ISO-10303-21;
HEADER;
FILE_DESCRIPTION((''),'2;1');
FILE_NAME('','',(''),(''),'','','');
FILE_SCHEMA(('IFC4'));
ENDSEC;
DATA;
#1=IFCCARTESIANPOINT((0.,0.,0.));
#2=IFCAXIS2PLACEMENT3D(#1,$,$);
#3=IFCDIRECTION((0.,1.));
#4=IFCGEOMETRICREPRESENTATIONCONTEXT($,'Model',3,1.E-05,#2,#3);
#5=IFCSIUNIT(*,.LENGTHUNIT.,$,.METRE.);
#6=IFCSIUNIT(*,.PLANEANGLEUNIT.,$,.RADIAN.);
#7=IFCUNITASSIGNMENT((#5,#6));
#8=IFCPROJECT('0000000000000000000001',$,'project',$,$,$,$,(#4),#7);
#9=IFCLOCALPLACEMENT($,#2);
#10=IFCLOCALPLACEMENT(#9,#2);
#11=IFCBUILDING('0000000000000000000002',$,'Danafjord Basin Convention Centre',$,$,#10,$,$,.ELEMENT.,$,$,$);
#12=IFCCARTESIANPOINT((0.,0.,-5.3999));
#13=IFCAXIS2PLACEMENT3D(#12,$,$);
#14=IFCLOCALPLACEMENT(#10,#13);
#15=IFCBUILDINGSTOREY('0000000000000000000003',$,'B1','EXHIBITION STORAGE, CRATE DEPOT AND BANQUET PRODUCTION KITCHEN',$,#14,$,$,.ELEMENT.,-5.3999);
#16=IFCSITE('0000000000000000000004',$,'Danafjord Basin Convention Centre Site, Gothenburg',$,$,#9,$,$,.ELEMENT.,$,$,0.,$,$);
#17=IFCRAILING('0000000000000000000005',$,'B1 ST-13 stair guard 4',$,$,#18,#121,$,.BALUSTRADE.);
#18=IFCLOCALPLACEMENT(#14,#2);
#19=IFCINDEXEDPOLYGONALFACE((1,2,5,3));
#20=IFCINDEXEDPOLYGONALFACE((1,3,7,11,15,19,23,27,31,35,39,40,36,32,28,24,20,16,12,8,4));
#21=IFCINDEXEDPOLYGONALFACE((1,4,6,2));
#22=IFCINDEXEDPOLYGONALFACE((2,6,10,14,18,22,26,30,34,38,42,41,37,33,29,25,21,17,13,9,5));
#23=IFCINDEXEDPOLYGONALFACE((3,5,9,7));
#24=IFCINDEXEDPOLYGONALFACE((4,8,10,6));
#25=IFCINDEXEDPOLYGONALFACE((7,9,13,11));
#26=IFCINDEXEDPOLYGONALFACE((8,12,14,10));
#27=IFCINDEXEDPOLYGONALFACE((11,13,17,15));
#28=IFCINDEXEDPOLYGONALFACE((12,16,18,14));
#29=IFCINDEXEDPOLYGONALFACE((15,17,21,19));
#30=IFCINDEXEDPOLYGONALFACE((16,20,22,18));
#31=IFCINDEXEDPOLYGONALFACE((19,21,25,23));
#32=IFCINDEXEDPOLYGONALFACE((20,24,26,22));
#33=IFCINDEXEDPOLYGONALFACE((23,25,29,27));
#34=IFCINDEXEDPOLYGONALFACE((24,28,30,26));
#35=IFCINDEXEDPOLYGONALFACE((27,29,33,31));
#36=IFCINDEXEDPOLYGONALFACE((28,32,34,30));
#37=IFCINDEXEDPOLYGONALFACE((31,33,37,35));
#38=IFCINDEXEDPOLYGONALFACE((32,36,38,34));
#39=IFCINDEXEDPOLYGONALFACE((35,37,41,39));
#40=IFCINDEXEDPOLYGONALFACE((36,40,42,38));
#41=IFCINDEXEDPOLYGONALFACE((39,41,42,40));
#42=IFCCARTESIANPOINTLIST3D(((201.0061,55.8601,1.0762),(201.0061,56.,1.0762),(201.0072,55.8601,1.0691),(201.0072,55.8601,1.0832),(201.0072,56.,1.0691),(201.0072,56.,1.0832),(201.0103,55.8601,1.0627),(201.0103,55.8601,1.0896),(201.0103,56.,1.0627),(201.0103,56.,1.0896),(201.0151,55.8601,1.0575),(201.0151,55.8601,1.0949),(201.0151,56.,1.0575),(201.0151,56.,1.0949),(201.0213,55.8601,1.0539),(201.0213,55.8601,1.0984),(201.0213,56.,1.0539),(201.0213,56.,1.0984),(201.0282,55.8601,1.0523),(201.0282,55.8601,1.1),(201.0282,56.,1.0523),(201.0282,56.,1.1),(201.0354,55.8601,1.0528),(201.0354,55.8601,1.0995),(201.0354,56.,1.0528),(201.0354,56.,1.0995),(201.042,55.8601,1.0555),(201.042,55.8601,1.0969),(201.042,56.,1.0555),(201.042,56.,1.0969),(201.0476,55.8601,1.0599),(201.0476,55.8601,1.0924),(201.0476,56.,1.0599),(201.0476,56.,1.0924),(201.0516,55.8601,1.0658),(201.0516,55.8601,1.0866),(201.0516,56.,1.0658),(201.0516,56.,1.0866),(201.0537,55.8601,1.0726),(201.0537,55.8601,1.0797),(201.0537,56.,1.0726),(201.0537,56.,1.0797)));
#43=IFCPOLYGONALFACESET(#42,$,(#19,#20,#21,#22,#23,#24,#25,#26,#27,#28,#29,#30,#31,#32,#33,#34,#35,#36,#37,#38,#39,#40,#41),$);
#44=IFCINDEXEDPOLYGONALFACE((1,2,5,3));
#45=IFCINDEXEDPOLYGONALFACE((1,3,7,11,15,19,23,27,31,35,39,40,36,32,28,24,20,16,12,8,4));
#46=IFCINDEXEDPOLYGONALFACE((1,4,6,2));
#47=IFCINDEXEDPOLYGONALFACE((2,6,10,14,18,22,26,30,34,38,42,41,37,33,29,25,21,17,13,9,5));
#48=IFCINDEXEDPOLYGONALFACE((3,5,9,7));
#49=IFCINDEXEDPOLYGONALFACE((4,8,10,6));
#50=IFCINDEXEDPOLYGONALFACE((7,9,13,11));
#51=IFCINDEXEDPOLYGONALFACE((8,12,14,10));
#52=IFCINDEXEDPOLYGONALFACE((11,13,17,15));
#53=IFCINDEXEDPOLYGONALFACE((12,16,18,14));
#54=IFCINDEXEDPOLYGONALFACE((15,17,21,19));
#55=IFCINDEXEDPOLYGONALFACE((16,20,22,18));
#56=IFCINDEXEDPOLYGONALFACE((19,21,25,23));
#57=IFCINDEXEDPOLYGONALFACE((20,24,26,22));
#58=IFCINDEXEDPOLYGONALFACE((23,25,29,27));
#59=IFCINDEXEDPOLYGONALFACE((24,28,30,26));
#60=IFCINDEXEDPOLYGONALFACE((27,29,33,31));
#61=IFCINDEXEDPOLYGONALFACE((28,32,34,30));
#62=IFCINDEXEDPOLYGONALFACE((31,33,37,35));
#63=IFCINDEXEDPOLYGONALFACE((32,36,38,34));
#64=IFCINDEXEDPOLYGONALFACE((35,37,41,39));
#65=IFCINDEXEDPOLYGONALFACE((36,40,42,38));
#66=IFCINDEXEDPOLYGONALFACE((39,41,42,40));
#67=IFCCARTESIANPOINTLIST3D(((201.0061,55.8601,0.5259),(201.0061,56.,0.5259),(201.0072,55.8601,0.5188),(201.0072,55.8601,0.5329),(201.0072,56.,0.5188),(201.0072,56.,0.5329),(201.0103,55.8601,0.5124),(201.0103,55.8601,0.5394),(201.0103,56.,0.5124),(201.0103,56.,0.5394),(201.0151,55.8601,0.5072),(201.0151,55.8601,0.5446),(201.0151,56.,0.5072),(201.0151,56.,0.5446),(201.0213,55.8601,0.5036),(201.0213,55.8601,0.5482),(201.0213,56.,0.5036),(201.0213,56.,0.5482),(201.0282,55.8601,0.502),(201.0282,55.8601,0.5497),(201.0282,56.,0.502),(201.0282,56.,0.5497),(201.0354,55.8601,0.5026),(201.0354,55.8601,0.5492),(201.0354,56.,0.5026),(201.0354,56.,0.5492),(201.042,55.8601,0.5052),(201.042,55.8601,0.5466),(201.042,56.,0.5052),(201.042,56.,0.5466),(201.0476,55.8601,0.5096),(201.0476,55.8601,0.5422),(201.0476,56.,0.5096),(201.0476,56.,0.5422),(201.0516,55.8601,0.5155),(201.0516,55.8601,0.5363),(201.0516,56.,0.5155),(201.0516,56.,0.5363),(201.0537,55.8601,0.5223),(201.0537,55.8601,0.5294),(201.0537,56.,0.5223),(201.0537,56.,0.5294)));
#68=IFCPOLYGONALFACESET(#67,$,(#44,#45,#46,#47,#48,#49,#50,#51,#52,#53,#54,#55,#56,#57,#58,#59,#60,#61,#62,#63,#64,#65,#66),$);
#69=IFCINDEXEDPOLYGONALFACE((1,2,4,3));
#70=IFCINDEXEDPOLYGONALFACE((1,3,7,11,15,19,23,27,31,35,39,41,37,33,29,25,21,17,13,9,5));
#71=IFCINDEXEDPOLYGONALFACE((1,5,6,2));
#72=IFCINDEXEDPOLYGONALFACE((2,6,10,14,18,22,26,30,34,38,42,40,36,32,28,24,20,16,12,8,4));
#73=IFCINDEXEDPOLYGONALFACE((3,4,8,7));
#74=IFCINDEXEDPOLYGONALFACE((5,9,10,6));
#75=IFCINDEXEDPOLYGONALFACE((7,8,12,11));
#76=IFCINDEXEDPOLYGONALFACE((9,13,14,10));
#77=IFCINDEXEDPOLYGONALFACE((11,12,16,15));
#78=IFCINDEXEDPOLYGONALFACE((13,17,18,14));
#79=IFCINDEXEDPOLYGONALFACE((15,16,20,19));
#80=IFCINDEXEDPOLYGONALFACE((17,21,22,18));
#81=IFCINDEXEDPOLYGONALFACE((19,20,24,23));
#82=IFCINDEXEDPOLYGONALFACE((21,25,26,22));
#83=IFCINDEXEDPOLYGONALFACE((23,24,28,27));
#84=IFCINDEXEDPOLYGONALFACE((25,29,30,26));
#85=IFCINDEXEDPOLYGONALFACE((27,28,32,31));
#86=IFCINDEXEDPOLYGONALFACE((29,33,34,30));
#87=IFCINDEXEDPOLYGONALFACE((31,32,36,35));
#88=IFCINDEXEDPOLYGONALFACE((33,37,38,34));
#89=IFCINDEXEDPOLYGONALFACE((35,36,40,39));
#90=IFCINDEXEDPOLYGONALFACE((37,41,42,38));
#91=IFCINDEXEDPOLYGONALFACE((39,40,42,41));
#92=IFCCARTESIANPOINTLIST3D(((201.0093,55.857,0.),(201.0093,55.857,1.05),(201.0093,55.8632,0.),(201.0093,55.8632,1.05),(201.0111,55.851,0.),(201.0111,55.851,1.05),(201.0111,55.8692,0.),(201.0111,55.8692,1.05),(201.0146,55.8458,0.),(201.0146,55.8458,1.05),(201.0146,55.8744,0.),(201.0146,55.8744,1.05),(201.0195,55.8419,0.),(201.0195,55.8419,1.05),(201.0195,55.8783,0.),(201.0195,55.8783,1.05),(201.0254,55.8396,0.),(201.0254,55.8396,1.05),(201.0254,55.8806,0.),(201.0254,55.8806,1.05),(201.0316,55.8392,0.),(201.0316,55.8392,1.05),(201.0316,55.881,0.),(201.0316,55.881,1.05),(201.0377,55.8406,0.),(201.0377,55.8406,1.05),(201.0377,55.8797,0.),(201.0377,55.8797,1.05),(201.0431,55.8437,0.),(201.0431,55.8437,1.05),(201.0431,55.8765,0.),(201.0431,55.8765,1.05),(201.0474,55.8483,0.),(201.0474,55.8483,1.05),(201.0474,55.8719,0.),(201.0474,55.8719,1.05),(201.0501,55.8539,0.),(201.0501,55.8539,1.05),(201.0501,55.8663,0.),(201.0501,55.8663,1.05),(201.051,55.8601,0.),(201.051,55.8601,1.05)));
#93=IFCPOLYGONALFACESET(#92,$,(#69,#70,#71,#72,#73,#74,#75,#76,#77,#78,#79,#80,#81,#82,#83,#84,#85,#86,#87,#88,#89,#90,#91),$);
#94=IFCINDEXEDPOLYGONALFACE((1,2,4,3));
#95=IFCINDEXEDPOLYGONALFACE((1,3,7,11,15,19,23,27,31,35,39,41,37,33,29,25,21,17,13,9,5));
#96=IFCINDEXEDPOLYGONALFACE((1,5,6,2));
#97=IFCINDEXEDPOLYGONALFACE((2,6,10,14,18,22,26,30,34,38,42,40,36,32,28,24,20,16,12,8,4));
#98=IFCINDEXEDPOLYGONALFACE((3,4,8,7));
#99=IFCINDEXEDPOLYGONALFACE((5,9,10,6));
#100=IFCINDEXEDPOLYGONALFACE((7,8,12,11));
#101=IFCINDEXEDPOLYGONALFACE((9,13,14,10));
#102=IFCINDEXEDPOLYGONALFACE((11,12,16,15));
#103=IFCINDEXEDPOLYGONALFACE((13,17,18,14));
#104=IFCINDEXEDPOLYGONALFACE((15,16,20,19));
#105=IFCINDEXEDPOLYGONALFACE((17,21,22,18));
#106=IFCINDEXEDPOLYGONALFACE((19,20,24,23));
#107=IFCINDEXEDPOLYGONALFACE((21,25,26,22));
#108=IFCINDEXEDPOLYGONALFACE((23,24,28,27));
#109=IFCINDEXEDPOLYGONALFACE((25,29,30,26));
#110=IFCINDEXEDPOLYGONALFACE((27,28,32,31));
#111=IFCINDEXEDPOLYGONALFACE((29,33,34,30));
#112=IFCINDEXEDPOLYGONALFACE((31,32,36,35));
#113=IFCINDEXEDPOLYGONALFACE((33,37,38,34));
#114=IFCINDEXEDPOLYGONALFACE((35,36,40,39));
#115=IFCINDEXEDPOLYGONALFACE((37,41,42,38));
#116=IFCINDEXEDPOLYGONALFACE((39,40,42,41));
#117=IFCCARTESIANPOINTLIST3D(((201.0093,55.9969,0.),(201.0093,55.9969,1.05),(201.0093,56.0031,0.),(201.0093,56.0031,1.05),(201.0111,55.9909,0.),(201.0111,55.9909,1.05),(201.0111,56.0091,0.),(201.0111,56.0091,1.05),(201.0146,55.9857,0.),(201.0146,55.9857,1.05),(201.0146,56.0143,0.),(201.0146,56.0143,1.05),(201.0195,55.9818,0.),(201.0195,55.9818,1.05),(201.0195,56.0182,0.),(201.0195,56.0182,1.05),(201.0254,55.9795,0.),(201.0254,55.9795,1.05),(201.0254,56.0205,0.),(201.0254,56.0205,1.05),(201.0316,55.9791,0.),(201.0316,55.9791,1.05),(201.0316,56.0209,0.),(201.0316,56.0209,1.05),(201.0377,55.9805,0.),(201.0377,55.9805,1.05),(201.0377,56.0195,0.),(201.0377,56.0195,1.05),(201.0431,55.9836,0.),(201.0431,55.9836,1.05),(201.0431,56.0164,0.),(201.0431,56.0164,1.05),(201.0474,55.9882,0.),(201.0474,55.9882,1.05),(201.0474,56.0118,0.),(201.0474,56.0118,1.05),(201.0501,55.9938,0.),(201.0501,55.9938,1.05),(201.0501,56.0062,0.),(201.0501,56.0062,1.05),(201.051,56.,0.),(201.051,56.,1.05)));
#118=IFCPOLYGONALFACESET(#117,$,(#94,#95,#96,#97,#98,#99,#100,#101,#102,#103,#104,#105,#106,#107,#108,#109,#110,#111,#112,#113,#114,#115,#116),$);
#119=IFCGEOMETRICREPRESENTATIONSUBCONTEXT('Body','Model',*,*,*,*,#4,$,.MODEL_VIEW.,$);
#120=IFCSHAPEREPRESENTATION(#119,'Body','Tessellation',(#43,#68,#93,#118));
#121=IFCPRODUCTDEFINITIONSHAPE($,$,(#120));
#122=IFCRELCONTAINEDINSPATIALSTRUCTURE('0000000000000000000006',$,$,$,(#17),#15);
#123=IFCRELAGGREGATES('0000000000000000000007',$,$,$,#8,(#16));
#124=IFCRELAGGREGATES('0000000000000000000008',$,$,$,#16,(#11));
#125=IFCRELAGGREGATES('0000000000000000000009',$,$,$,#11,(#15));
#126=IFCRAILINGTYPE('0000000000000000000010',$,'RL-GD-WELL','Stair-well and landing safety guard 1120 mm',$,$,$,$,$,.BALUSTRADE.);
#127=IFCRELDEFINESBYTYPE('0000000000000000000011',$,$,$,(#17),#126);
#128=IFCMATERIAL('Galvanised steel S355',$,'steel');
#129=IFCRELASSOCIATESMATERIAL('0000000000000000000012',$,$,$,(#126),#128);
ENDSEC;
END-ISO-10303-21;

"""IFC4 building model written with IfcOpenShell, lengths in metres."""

from ifc_helpers import new_model, si_unit, direction, frame, origin, origin_2d, place, context, subcontext, project, spatial, circle, extrude, material, type_object, element, save


model = new_model("IFC4")

# Units and contexts
model_context = context("Model", 3, precision=1e-05, world=origin(), true_north=direction((0.0, 1.0)))
body_context = subcontext(model_context, "Body", "Model", "MODEL_VIEW")
ifc_project = project(units=[si_unit("LENGTHUNIT", "METRE"), si_unit("PLANEANGLEUNIT", "RADIAN")], contexts=[model_context])

# Site, building, storey
site_placement = place(None, origin())
site = spatial("IfcSite", under=ifc_project, at=site_placement, Name="Danafjord Basin Convention Centre Site, Gothenburg", CompositionType="ELEMENT", RefElevation=0.0)
building_placement = place(site_placement, origin())
building = spatial("IfcBuilding", under=site, at=building_placement, Name="Danafjord Basin Convention Centre", CompositionType="ELEMENT")
storey_placement = place(building_placement, frame((0.0, 0.0, -5.3999)))
storey = spatial("IfcBuildingStorey", under=building, at=storey_placement, Name="B1", Description="EXHIBITION STORAGE, CRATE DEPOT AND BANQUET PRODUCTION KITCHEN", CompositionType="ELEMENT", Elevation=-5.3999)

# Railing
ifc_material_1 = material(Name="Galvanised steel S355", Category="steel")
railing_type_1 = type_object("IfcRailingType", Name="RL-GD-WELL", Description="Stair-well and landing safety guard 1120 mm", PredefinedType="BALUSTRADE", material=ifc_material_1)
for number, where, name in (
    (1, (201.03, 55.8601, 0.0), "B1 ST-13 stair guard 4"),
):
    element("IfcRailing", number, at=place(storey_placement, frame(where)), inside=storey, type_object=railing_type_1, Name=name, PredefinedType="BALUSTRADE", context=body_context, shape_type="SweptSolid", body=[
        extrude(circle(Radius=0.0239, at=origin_2d()), frame((0.0, 0.0, 1.0762), z_axis=(0.0, 1.0, 0.0), x_axis=(-1.0, 0.0, 0.0)), (0.0, 0.0, 1.0), 0.1399),
        extrude(circle(Radius=0.0239, at=origin_2d()), frame((0.0, 0.0, 0.5259), z_axis=(0.0, 1.0, 0.0), x_axis=(-1.0, 0.0, 0.0)), (0.0, 0.0, 1.0), 0.1399),
        extrude(circle(Radius=0.021, at=origin_2d()), origin(), (0.0, 0.0, 1.0), 1.05),
        extrude(circle(Radius=0.021, at=origin_2d()), frame((0.0, 0.1399, 0.0)), (0.0, 0.0, 1.0), 1.05),
    ])

save(model, "model.ifc")
